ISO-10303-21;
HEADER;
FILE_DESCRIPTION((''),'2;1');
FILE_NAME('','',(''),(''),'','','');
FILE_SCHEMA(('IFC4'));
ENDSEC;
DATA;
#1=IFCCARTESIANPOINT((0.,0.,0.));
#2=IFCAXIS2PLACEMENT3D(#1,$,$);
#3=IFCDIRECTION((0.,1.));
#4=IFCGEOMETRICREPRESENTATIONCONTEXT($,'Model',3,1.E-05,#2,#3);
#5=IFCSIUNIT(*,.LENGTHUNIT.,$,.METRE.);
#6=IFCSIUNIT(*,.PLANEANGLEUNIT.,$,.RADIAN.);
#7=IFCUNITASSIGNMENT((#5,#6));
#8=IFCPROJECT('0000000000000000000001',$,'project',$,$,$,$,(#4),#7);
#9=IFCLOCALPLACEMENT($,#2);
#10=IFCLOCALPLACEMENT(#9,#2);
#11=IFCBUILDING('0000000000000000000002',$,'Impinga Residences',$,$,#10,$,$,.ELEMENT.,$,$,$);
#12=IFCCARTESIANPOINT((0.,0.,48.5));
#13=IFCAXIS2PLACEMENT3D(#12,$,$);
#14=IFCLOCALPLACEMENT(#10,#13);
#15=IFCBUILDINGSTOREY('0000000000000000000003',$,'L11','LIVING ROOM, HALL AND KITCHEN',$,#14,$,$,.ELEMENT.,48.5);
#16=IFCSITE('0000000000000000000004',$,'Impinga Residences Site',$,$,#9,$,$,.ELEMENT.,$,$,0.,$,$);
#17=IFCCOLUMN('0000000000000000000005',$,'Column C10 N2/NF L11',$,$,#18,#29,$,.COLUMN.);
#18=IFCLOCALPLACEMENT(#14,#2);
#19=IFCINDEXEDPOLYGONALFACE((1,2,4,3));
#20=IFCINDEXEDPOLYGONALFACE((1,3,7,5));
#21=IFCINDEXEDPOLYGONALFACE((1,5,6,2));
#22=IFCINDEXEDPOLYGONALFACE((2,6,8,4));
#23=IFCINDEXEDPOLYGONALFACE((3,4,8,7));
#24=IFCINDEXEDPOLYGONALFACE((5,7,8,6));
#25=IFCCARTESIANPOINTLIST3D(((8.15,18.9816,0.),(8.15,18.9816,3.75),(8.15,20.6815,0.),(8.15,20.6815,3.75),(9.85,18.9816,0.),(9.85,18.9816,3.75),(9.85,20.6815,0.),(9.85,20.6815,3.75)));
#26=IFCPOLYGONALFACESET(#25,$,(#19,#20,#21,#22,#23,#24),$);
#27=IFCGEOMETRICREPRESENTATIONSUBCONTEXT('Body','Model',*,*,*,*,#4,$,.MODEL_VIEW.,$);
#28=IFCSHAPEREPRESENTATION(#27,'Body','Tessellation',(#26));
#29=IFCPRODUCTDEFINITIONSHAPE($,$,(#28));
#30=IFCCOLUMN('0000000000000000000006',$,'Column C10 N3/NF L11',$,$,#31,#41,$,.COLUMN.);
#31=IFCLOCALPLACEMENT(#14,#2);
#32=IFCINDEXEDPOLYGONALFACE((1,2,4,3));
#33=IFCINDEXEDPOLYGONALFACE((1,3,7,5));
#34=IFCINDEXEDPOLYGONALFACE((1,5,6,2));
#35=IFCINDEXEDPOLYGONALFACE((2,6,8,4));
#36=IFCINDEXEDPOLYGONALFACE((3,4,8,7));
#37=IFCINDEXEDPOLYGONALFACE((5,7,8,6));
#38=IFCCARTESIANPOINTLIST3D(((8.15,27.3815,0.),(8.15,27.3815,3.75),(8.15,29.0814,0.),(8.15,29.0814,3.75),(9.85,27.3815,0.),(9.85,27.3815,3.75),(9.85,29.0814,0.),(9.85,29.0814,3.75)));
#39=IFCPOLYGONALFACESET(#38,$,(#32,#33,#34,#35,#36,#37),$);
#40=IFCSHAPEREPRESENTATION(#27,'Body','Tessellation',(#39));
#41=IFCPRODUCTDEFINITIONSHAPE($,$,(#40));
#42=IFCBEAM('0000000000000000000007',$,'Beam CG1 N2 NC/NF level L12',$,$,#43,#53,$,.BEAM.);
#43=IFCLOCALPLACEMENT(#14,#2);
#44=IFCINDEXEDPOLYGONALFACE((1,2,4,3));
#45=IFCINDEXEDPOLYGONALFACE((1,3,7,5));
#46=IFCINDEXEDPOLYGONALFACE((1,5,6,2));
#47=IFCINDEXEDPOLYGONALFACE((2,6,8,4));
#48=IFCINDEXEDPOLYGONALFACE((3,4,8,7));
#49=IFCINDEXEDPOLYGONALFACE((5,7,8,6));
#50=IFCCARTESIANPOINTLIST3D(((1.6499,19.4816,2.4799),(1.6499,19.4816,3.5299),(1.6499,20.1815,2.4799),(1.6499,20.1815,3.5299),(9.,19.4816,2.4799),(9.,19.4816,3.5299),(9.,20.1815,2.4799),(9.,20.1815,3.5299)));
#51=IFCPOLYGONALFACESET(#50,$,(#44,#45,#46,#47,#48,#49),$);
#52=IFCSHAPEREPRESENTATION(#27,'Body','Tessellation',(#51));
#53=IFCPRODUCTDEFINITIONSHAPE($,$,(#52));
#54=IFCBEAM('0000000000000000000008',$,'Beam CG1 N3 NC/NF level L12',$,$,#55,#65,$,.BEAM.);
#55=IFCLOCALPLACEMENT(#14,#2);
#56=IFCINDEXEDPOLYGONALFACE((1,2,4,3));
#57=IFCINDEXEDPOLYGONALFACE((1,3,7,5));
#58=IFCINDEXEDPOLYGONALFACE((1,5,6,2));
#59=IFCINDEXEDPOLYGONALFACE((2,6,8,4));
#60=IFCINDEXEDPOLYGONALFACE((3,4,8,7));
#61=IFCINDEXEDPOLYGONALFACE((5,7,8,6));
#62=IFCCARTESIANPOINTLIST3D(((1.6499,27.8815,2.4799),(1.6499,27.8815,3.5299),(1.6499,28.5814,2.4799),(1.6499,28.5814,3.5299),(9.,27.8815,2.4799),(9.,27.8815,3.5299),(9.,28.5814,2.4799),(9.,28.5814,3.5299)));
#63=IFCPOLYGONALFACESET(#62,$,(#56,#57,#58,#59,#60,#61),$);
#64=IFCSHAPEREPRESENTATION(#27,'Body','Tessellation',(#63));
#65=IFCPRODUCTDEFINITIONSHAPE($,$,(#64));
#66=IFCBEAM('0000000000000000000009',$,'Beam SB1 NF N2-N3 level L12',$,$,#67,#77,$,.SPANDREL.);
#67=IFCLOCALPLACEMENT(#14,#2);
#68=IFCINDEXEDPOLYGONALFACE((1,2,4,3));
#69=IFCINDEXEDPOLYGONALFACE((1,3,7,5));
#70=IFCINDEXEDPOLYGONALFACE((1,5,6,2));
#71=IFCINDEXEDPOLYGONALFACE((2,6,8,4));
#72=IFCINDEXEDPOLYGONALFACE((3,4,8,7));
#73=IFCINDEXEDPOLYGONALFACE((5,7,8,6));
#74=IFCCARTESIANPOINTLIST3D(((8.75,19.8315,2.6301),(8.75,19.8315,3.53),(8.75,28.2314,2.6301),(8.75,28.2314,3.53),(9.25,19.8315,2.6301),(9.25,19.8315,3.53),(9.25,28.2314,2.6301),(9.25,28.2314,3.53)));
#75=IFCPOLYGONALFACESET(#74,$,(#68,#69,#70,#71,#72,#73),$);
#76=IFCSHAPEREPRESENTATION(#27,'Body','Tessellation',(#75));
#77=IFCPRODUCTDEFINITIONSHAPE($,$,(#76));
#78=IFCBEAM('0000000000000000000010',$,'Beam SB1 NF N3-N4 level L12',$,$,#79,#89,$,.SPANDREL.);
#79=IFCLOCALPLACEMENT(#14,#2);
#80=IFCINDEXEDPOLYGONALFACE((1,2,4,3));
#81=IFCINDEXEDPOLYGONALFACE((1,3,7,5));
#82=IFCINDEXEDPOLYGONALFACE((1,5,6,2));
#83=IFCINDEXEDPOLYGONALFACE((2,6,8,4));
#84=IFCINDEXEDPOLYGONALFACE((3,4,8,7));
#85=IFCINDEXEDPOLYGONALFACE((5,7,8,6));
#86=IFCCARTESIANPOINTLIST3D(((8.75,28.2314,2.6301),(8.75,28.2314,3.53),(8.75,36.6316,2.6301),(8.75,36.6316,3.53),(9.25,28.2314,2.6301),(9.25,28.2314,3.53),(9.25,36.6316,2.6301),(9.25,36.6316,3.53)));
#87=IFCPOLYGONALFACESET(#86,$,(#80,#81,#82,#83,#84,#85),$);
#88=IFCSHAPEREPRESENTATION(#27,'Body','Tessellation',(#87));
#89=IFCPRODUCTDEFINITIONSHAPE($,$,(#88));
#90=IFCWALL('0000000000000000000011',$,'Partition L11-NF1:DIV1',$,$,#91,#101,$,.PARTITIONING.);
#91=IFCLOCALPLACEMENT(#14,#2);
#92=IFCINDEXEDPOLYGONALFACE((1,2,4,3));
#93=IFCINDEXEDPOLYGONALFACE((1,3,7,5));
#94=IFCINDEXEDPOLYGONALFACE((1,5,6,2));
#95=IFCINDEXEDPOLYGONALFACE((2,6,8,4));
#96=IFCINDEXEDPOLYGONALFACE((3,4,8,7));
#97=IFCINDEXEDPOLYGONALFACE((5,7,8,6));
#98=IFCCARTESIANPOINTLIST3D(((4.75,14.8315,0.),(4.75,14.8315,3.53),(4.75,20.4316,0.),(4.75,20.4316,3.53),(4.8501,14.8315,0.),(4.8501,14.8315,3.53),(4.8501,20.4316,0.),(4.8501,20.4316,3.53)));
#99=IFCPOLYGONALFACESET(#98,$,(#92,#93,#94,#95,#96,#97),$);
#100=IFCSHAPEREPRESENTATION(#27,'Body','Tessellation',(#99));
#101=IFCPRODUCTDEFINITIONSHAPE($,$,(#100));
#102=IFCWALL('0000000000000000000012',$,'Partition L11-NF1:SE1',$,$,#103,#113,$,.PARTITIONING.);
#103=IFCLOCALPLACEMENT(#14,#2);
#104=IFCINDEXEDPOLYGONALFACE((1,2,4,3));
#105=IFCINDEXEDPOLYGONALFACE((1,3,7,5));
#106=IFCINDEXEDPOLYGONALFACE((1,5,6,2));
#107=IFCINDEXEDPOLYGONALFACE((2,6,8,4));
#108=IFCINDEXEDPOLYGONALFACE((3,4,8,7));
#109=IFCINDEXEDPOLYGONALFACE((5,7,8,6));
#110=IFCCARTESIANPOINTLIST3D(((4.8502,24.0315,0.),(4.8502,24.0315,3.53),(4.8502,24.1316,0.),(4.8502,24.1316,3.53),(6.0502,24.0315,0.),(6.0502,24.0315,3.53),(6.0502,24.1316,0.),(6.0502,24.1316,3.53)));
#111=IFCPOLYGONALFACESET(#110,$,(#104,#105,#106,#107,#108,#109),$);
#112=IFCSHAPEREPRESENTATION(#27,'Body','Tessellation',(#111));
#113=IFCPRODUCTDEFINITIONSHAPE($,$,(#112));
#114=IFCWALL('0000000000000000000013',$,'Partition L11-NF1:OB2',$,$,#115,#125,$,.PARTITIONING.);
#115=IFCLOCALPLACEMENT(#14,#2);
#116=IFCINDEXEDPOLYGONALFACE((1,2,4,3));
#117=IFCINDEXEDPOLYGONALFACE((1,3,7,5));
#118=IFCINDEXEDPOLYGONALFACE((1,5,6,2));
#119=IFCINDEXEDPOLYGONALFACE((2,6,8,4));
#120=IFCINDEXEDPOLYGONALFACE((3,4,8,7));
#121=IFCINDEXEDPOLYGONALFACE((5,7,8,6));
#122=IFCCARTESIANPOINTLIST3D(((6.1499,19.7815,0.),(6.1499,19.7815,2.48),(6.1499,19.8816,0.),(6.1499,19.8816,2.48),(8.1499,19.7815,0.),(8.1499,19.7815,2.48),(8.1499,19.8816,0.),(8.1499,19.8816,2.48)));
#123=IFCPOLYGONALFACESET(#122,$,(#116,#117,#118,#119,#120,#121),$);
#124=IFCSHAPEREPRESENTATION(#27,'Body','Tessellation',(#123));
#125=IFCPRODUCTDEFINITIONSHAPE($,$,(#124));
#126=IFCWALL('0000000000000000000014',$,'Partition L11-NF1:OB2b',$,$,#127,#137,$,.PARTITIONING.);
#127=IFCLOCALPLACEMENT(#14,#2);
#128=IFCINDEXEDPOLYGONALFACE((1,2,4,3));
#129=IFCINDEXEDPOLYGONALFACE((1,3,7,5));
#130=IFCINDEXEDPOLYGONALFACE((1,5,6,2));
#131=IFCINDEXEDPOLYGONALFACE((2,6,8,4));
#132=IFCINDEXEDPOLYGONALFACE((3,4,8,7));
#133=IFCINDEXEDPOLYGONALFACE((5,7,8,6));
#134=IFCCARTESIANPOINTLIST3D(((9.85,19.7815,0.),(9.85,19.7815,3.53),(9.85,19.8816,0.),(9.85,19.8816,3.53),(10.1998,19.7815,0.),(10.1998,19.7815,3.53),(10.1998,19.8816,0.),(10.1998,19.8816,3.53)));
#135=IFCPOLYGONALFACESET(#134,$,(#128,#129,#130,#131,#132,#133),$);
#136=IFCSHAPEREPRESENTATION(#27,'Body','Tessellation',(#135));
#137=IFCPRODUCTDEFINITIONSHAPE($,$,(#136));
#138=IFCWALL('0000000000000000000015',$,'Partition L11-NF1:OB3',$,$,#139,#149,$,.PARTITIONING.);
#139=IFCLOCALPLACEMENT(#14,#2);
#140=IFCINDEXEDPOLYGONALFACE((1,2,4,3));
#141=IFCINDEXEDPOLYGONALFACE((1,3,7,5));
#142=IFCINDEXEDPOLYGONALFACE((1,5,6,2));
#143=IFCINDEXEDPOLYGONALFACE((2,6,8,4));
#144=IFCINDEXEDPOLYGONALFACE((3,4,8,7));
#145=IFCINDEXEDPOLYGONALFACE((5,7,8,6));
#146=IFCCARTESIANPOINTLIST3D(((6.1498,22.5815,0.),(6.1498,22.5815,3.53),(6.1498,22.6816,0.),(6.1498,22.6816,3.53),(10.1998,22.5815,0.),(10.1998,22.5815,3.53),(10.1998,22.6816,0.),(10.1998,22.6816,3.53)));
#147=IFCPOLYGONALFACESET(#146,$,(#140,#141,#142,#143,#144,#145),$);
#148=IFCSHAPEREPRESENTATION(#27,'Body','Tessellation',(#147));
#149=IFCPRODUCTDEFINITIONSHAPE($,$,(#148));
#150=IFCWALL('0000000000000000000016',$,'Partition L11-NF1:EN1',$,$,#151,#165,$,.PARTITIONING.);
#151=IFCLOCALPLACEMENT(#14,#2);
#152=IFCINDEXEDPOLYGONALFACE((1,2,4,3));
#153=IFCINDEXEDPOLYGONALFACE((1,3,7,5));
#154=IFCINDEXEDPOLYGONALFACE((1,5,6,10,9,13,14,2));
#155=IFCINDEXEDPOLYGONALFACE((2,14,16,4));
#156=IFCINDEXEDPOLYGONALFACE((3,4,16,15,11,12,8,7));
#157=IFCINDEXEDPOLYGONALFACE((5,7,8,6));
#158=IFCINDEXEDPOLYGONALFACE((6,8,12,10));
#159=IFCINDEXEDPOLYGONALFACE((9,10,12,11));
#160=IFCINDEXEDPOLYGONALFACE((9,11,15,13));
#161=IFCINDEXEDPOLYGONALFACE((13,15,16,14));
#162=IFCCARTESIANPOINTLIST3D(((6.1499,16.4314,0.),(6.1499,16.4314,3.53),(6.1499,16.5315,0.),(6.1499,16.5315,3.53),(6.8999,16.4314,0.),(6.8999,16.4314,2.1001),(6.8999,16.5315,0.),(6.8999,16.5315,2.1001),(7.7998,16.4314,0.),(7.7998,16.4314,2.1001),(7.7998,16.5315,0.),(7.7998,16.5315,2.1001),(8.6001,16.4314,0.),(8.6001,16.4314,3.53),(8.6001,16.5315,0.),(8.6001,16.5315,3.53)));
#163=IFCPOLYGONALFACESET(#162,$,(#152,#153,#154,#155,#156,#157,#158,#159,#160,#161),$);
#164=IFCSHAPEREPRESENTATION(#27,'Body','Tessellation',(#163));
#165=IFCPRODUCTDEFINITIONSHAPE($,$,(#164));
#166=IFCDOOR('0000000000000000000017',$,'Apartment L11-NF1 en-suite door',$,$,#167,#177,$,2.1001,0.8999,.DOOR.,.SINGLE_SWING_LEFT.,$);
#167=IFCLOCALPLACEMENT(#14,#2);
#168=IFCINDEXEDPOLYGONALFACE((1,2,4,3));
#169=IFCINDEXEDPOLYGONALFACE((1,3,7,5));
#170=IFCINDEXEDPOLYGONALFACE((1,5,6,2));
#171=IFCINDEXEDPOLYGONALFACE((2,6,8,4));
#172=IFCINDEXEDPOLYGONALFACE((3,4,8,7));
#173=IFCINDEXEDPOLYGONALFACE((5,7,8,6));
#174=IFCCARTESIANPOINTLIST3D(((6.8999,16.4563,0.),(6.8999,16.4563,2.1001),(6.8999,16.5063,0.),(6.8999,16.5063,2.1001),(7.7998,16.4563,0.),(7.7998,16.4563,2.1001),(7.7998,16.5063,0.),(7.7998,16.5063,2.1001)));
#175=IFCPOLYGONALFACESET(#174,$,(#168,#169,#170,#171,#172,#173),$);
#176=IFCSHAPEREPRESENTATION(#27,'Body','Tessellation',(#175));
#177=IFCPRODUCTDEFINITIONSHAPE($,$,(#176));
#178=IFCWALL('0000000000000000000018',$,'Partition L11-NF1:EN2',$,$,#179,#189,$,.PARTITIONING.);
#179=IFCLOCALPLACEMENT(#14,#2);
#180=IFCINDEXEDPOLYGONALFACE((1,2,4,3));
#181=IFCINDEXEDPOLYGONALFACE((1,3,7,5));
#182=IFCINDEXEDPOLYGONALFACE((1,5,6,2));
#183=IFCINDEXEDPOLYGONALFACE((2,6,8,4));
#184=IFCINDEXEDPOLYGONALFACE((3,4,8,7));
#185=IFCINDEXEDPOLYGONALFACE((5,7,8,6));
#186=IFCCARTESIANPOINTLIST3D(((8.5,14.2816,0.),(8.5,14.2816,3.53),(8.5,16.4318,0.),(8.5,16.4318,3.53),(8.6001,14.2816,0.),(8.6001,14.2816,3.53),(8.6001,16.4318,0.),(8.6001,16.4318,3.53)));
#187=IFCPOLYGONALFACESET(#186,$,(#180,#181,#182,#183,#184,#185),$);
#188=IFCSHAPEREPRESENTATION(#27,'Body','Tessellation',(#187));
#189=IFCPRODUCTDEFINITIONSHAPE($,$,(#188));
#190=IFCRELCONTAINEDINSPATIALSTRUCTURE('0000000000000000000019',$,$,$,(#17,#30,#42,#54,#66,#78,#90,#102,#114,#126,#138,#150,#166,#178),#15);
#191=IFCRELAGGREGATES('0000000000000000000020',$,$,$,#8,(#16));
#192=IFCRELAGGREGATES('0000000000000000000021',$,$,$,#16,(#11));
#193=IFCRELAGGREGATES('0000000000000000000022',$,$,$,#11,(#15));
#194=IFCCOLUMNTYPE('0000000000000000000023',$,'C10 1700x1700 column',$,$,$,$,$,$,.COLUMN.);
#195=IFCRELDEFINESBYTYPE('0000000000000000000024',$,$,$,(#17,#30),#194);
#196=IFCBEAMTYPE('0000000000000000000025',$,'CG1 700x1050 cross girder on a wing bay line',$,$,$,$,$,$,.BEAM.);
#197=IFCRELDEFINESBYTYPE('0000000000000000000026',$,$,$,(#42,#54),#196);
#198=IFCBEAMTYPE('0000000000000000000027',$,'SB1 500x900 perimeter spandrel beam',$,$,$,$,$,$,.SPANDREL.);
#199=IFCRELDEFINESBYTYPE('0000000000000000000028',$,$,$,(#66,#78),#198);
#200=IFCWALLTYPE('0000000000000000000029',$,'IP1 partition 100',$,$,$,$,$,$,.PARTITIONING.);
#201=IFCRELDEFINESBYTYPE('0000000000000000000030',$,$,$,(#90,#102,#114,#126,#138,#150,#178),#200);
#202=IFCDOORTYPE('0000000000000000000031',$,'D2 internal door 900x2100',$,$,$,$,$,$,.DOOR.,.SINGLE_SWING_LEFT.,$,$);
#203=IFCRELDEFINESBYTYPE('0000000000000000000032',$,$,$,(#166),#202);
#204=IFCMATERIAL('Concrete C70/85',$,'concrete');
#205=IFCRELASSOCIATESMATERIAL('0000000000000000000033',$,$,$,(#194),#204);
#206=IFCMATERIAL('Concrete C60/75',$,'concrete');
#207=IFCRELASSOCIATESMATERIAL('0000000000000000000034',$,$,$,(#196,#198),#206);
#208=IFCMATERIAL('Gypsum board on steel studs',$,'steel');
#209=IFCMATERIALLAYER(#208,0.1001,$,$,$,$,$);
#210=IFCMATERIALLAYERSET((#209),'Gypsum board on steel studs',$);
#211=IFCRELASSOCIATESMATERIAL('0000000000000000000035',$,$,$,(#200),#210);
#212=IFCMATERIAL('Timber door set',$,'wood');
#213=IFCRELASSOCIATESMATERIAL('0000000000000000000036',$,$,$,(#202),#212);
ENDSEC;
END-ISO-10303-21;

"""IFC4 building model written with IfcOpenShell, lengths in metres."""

from ifc_helpers import new_model, si_unit, direction, frame, frame_2d, origin, origin_2d, place, context, subcontext, project, spatial, rectangle, extrude, material, layer, layer_set, material_profile, profile_set, type_object, element, fill, save


model = new_model("IFC4")

# Units and contexts
model_context = context("Model", 3, precision=1e-05, world=origin(), true_north=direction((0.0, 1.0)))
body_context = subcontext(model_context, "Body", "Model", "MODEL_VIEW")
ifc_project = project(units=[si_unit("LENGTHUNIT", "METRE"), si_unit("PLANEANGLEUNIT", "RADIAN")], contexts=[model_context])

# Site, building, storey
site_placement = place(None, origin())
site = spatial("IfcSite", under=ifc_project, at=site_placement, Name="Impinga Residences Site", CompositionType="ELEMENT", RefElevation=0.0)
building_placement = place(site_placement, origin())
building = spatial("IfcBuilding", under=site, at=building_placement, Name="Impinga Residences", CompositionType="ELEMENT")
storey_placement = place(building_placement, frame((0.0, 0.0, 48.5)))
storey = spatial("IfcBuildingStorey", under=building, at=storey_placement, Name="L11", Description="LIVING ROOM, HALL AND KITCHEN", CompositionType="ELEMENT", Elevation=48.5)

# Columns
ifc_material_1 = material(Name="Concrete C70/85", Category="concrete")
ifc_material_profile_1 = material_profile(ifc_material_1, rectangle(XDim=1.7, YDim=1.7, at=origin_2d()), Name="RC 1700x1700")
ifc_profile_set_1 = profile_set([ifc_material_profile_1], Name="Concrete C70/85")
column_type = type_object("IfcColumnType", Name="C10 1700x1700 column", PredefinedType="COLUMN", material=ifc_profile_set_1)
for number, where, z_axis, x_axis, name in (
    (1, (9.0, 19.8315, 0.0), (0.0, 0.0, 1.0), (1.0, 0.0, 0.0), "Column C10 N2/NF L11"),
    (2, (9.0, 28.2314, 0.0), (0.0, 0.0, 1.0), (1.0, 0.0, 0.0), "Column C10 N3/NF L11"),
):
    element("IfcColumn", number, at=place(storey_placement, frame(where, z_axis=z_axis, x_axis=x_axis)), inside=storey, type_object=column_type, Name=name, PredefinedType="COLUMN", context=body_context, shape_type="SweptSolid", body=[
        extrude(rectangle(XDim=1.7, YDim=1.7, at=origin_2d()), origin(), (0.0, 0.0, 1.0), 3.75),
    ])

# Beams
ifc_material_2 = material(Name="Concrete C60/75", Category="concrete")
ifc_material_profile_2 = material_profile(ifc_material_2, rectangle(XDim=0.7, YDim=1.05, at=origin_2d()), Name="RC 700x1050")
ifc_profile_set_2 = profile_set([ifc_material_profile_2], Name="Concrete C60/75")
beam_type_1 = type_object("IfcBeamType", Name="CG1 700x1050 cross girder on a wing bay line", PredefinedType="BEAM", material=ifc_profile_set_2)
for number, where, z_axis, x_axis, name in (
    (3, (1.6499, 19.8315, 3.0049), (1.0, 0.0, 0.0), (0.0, 1.0, 0.0), "Beam CG1 N2 NC/NF level L12"),
    (4, (1.6499, 28.2314, 3.0049), (1.0, 0.0, 0.0), (0.0, 1.0, 0.0), "Beam CG1 N3 NC/NF level L12"),
):
    element("IfcBeam", number, at=place(storey_placement, frame(where, z_axis=z_axis, x_axis=x_axis)), inside=storey, type_object=beam_type_1, Name=name, PredefinedType="BEAM", context=body_context, shape_type="SweptSolid", body=[
        extrude(rectangle(XDim=0.7, YDim=1.05, at=origin_2d()), origin(), (0.0, 0.0, 1.0), 7.3501),
    ])
ifc_material_profile_3 = material_profile(ifc_material_2, rectangle(XDim=0.5, YDim=0.8999, at=origin_2d()), Name="RC 500x900")
ifc_profile_set_3 = profile_set([ifc_material_profile_3], Name="Concrete C60/75")
beam_type_2 = type_object("IfcBeamType", Name="SB1 500x900 perimeter spandrel beam", PredefinedType="SPANDREL", material=ifc_profile_set_3)
beam_1_placement = place(storey_placement, frame((9.0, 19.8315, 3.0801), z_axis=(0.0, 1.0, 0.0), x_axis=(-1.0, 0.0, 0.0)))
element("IfcBeam", 5, at=beam_1_placement, inside=storey, type_object=beam_type_2, Name="Beam SB1 NF N2-N3 level L12", PredefinedType="SPANDREL", context=body_context, shape_type="SweptSolid", body=[
    extrude(rectangle(XDim=0.5, YDim=0.8999, at=origin_2d()), origin(), (0.0, 0.0, 1.0), 8.3999),
])
beam_2_placement = place(storey_placement, frame((9.0, 28.2314, 3.0801), z_axis=(0.0, 1.0, 0.0), x_axis=(-1.0, 0.0, 0.0)))
element("IfcBeam", 6, at=beam_2_placement, inside=storey, type_object=beam_type_2, Name="Beam SB1 NF N3-N4 level L12", PredefinedType="SPANDREL", context=body_context, shape_type="SweptSolid", body=[
    extrude(rectangle(XDim=0.5, YDim=0.8999, at=origin_2d()), origin(), (0.0, 0.0, 1.0), 8.4001),
])

# Walls
ifc_material_3 = material(Name="Gypsum board on steel studs", Category="steel")
ifc_layer_1 = layer(ifc_material_3, 0.1001)
ifc_layer_set_1 = layer_set([ifc_layer_1], Name="Gypsum board on steel studs")
wall_type_1 = type_object("IfcWallType", Name="IP1 partition 100", PredefinedType="PARTITIONING", material=ifc_layer_set_1)
wall_1_placement = place(storey_placement, frame((4.8, 14.8315, 0.0), z_axis=(0.0, 0.0, 1.0), x_axis=(0.0, 1.0, 0.0)))
element("IfcWall", 7, at=wall_1_placement, inside=storey, type_object=wall_type_1, Name="Partition L11-NF1:DIV1", PredefinedType="PARTITIONING", context=body_context, shape_type="SweptSolid", body=[
    extrude(rectangle(XDim=5.6001, YDim=0.1001, at=frame_2d((2.8, 0.0))), origin(), (0.0, 0.0, 1.0), 3.53),
])
wall_2_placement = place(storey_placement, frame((4.8501, 24.0815, 0.0), z_axis=(0.0, 0.0, 1.0), x_axis=(1.0, 0.0, 0.0)))
element("IfcWall", 8, at=wall_2_placement, inside=storey, type_object=wall_type_1, Name="Partition L11-NF1:SE1", PredefinedType="PARTITIONING", context=body_context, shape_type="SweptSolid", body=[
    extrude(rectangle(XDim=1.2, YDim=0.1001, at=frame_2d((0.6001, 0.0))), origin(), (0.0, 0.0, 1.0), 3.53),
])
wall_3_placement = place(storey_placement, frame((6.1499, 19.8315, 0.0), z_axis=(0.0, 0.0, 1.0), x_axis=(1.0, 0.0, 0.0)))
element("IfcWall", 9, at=wall_3_placement, inside=storey, type_object=wall_type_1, Name="Partition L11-NF1:OB2", PredefinedType="PARTITIONING", context=body_context, shape_type="SweptSolid", body=[
    extrude(rectangle(XDim=2.0, YDim=0.1001, at=frame_2d((1.0, 0.0))), origin(), (0.0, 0.0, 1.0), 2.48),
])
wall_4_placement = place(storey_placement, frame((9.8501, 19.8315, 0.0), z_axis=(0.0, 0.0, 1.0), x_axis=(1.0, 0.0, 0.0)))
element("IfcWall", 10, at=wall_4_placement, inside=storey, type_object=wall_type_1, Name="Partition L11-NF1:OB2b", PredefinedType="PARTITIONING", context=body_context, shape_type="SweptSolid", body=[
    extrude(rectangle(XDim=0.3499, YDim=0.1001, at=frame_2d((0.1748, 0.0))), origin(), (0.0, 0.0, 1.0), 3.53),
])
wall_5_placement = place(storey_placement, frame((6.1499, 22.6316, 0.0), z_axis=(0.0, 0.0, 1.0), x_axis=(1.0, 0.0, 0.0)))
element("IfcWall", 11, at=wall_5_placement, inside=storey, type_object=wall_type_1, Name="Partition L11-NF1:OB3", PredefinedType="PARTITIONING", context=body_context, shape_type="SweptSolid", body=[
    extrude(rectangle(XDim=4.05, YDim=0.1001, at=frame_2d((2.0249, 0.0))), origin(), (0.0, 0.0, 1.0), 3.53),
])

# Wall, opening, door
wall_6_placement = place(storey_placement, frame((6.1499, 16.4814, 0.0), z_axis=(0.0, 0.0, 1.0), x_axis=(1.0, 0.0, 0.0)))
wall_6 = element("IfcWall", 12, at=wall_6_placement, inside=storey, type_object=wall_type_1, Name="Partition L11-NF1:EN1", PredefinedType="PARTITIONING", context=body_context, shape_type="SweptSolid", body=[
    extrude(rectangle(XDim=2.4502, YDim=0.1001, at=frame_2d((1.2251, 0.0))), origin(), (0.0, 0.0, 1.0), 3.53),
])
opening_1_placement = place(wall_6_placement, frame((0.75, 0.0, 0.0)))
opening_1 = element("IfcOpeningElement", 13, at=opening_1_placement, cuts=wall_6, PredefinedType="OPENING", context=body_context, shape_type="SweptSolid", body=[
    extrude(rectangle(XDim=0.8999, YDim=2.1001, at=frame_2d((0.45, 1.05))), frame((0.0, 0.0601, 0.0), z_axis=(0.0, -1.0, 0.0), x_axis=(1.0, 0.0, 0.0)), (0.0, 0.0, 1.0), 0.1201),
])
ifc_material_4 = material(Name="Timber door set", Category="wood")
door_type = type_object("IfcDoorType", Name="D2 internal door 900x2100", OperationType="SINGLE_SWING_LEFT", PredefinedType="DOOR", material=ifc_material_4)
door_1_placement = place(opening_1_placement, origin())
door_1 = element("IfcDoor", 14, at=door_1_placement, inside=storey, type_object=door_type, Name="Apartment L11-NF1 en-suite door", OperationType="SINGLE_SWING_LEFT", OverallHeight=2.1001, OverallWidth=0.8999, PredefinedType="DOOR", context=body_context, shape_type="SweptSolid", body=[
    extrude(rectangle(XDim=0.8999, YDim=2.1001, at=frame_2d((0.45, 1.05))), frame((0.0, 0.0249, 0.0), z_axis=(0.0, -1.0, 0.0), x_axis=(1.0, 0.0, 0.0)), (0.0, 0.0, 1.0), 0.05),
])
fill(opening_1, door_1)

# Wall
wall_7_placement = place(storey_placement, frame((8.55, 14.2815, 0.0), z_axis=(0.0, 0.0, 1.0), x_axis=(0.0, 1.0, 0.0)))
element("IfcWall", 15, at=wall_7_placement, inside=storey, type_object=wall_type_1, Name="Partition L11-NF1:EN2", PredefinedType="PARTITIONING", context=body_context, shape_type="SweptSolid", body=[
    extrude(rectangle(XDim=2.1501, YDim=0.1001, at=frame_2d((1.0752, 0.0))), origin(), (0.0, 0.0, 1.0), 3.53),
])

save(model, "model.ifc")
